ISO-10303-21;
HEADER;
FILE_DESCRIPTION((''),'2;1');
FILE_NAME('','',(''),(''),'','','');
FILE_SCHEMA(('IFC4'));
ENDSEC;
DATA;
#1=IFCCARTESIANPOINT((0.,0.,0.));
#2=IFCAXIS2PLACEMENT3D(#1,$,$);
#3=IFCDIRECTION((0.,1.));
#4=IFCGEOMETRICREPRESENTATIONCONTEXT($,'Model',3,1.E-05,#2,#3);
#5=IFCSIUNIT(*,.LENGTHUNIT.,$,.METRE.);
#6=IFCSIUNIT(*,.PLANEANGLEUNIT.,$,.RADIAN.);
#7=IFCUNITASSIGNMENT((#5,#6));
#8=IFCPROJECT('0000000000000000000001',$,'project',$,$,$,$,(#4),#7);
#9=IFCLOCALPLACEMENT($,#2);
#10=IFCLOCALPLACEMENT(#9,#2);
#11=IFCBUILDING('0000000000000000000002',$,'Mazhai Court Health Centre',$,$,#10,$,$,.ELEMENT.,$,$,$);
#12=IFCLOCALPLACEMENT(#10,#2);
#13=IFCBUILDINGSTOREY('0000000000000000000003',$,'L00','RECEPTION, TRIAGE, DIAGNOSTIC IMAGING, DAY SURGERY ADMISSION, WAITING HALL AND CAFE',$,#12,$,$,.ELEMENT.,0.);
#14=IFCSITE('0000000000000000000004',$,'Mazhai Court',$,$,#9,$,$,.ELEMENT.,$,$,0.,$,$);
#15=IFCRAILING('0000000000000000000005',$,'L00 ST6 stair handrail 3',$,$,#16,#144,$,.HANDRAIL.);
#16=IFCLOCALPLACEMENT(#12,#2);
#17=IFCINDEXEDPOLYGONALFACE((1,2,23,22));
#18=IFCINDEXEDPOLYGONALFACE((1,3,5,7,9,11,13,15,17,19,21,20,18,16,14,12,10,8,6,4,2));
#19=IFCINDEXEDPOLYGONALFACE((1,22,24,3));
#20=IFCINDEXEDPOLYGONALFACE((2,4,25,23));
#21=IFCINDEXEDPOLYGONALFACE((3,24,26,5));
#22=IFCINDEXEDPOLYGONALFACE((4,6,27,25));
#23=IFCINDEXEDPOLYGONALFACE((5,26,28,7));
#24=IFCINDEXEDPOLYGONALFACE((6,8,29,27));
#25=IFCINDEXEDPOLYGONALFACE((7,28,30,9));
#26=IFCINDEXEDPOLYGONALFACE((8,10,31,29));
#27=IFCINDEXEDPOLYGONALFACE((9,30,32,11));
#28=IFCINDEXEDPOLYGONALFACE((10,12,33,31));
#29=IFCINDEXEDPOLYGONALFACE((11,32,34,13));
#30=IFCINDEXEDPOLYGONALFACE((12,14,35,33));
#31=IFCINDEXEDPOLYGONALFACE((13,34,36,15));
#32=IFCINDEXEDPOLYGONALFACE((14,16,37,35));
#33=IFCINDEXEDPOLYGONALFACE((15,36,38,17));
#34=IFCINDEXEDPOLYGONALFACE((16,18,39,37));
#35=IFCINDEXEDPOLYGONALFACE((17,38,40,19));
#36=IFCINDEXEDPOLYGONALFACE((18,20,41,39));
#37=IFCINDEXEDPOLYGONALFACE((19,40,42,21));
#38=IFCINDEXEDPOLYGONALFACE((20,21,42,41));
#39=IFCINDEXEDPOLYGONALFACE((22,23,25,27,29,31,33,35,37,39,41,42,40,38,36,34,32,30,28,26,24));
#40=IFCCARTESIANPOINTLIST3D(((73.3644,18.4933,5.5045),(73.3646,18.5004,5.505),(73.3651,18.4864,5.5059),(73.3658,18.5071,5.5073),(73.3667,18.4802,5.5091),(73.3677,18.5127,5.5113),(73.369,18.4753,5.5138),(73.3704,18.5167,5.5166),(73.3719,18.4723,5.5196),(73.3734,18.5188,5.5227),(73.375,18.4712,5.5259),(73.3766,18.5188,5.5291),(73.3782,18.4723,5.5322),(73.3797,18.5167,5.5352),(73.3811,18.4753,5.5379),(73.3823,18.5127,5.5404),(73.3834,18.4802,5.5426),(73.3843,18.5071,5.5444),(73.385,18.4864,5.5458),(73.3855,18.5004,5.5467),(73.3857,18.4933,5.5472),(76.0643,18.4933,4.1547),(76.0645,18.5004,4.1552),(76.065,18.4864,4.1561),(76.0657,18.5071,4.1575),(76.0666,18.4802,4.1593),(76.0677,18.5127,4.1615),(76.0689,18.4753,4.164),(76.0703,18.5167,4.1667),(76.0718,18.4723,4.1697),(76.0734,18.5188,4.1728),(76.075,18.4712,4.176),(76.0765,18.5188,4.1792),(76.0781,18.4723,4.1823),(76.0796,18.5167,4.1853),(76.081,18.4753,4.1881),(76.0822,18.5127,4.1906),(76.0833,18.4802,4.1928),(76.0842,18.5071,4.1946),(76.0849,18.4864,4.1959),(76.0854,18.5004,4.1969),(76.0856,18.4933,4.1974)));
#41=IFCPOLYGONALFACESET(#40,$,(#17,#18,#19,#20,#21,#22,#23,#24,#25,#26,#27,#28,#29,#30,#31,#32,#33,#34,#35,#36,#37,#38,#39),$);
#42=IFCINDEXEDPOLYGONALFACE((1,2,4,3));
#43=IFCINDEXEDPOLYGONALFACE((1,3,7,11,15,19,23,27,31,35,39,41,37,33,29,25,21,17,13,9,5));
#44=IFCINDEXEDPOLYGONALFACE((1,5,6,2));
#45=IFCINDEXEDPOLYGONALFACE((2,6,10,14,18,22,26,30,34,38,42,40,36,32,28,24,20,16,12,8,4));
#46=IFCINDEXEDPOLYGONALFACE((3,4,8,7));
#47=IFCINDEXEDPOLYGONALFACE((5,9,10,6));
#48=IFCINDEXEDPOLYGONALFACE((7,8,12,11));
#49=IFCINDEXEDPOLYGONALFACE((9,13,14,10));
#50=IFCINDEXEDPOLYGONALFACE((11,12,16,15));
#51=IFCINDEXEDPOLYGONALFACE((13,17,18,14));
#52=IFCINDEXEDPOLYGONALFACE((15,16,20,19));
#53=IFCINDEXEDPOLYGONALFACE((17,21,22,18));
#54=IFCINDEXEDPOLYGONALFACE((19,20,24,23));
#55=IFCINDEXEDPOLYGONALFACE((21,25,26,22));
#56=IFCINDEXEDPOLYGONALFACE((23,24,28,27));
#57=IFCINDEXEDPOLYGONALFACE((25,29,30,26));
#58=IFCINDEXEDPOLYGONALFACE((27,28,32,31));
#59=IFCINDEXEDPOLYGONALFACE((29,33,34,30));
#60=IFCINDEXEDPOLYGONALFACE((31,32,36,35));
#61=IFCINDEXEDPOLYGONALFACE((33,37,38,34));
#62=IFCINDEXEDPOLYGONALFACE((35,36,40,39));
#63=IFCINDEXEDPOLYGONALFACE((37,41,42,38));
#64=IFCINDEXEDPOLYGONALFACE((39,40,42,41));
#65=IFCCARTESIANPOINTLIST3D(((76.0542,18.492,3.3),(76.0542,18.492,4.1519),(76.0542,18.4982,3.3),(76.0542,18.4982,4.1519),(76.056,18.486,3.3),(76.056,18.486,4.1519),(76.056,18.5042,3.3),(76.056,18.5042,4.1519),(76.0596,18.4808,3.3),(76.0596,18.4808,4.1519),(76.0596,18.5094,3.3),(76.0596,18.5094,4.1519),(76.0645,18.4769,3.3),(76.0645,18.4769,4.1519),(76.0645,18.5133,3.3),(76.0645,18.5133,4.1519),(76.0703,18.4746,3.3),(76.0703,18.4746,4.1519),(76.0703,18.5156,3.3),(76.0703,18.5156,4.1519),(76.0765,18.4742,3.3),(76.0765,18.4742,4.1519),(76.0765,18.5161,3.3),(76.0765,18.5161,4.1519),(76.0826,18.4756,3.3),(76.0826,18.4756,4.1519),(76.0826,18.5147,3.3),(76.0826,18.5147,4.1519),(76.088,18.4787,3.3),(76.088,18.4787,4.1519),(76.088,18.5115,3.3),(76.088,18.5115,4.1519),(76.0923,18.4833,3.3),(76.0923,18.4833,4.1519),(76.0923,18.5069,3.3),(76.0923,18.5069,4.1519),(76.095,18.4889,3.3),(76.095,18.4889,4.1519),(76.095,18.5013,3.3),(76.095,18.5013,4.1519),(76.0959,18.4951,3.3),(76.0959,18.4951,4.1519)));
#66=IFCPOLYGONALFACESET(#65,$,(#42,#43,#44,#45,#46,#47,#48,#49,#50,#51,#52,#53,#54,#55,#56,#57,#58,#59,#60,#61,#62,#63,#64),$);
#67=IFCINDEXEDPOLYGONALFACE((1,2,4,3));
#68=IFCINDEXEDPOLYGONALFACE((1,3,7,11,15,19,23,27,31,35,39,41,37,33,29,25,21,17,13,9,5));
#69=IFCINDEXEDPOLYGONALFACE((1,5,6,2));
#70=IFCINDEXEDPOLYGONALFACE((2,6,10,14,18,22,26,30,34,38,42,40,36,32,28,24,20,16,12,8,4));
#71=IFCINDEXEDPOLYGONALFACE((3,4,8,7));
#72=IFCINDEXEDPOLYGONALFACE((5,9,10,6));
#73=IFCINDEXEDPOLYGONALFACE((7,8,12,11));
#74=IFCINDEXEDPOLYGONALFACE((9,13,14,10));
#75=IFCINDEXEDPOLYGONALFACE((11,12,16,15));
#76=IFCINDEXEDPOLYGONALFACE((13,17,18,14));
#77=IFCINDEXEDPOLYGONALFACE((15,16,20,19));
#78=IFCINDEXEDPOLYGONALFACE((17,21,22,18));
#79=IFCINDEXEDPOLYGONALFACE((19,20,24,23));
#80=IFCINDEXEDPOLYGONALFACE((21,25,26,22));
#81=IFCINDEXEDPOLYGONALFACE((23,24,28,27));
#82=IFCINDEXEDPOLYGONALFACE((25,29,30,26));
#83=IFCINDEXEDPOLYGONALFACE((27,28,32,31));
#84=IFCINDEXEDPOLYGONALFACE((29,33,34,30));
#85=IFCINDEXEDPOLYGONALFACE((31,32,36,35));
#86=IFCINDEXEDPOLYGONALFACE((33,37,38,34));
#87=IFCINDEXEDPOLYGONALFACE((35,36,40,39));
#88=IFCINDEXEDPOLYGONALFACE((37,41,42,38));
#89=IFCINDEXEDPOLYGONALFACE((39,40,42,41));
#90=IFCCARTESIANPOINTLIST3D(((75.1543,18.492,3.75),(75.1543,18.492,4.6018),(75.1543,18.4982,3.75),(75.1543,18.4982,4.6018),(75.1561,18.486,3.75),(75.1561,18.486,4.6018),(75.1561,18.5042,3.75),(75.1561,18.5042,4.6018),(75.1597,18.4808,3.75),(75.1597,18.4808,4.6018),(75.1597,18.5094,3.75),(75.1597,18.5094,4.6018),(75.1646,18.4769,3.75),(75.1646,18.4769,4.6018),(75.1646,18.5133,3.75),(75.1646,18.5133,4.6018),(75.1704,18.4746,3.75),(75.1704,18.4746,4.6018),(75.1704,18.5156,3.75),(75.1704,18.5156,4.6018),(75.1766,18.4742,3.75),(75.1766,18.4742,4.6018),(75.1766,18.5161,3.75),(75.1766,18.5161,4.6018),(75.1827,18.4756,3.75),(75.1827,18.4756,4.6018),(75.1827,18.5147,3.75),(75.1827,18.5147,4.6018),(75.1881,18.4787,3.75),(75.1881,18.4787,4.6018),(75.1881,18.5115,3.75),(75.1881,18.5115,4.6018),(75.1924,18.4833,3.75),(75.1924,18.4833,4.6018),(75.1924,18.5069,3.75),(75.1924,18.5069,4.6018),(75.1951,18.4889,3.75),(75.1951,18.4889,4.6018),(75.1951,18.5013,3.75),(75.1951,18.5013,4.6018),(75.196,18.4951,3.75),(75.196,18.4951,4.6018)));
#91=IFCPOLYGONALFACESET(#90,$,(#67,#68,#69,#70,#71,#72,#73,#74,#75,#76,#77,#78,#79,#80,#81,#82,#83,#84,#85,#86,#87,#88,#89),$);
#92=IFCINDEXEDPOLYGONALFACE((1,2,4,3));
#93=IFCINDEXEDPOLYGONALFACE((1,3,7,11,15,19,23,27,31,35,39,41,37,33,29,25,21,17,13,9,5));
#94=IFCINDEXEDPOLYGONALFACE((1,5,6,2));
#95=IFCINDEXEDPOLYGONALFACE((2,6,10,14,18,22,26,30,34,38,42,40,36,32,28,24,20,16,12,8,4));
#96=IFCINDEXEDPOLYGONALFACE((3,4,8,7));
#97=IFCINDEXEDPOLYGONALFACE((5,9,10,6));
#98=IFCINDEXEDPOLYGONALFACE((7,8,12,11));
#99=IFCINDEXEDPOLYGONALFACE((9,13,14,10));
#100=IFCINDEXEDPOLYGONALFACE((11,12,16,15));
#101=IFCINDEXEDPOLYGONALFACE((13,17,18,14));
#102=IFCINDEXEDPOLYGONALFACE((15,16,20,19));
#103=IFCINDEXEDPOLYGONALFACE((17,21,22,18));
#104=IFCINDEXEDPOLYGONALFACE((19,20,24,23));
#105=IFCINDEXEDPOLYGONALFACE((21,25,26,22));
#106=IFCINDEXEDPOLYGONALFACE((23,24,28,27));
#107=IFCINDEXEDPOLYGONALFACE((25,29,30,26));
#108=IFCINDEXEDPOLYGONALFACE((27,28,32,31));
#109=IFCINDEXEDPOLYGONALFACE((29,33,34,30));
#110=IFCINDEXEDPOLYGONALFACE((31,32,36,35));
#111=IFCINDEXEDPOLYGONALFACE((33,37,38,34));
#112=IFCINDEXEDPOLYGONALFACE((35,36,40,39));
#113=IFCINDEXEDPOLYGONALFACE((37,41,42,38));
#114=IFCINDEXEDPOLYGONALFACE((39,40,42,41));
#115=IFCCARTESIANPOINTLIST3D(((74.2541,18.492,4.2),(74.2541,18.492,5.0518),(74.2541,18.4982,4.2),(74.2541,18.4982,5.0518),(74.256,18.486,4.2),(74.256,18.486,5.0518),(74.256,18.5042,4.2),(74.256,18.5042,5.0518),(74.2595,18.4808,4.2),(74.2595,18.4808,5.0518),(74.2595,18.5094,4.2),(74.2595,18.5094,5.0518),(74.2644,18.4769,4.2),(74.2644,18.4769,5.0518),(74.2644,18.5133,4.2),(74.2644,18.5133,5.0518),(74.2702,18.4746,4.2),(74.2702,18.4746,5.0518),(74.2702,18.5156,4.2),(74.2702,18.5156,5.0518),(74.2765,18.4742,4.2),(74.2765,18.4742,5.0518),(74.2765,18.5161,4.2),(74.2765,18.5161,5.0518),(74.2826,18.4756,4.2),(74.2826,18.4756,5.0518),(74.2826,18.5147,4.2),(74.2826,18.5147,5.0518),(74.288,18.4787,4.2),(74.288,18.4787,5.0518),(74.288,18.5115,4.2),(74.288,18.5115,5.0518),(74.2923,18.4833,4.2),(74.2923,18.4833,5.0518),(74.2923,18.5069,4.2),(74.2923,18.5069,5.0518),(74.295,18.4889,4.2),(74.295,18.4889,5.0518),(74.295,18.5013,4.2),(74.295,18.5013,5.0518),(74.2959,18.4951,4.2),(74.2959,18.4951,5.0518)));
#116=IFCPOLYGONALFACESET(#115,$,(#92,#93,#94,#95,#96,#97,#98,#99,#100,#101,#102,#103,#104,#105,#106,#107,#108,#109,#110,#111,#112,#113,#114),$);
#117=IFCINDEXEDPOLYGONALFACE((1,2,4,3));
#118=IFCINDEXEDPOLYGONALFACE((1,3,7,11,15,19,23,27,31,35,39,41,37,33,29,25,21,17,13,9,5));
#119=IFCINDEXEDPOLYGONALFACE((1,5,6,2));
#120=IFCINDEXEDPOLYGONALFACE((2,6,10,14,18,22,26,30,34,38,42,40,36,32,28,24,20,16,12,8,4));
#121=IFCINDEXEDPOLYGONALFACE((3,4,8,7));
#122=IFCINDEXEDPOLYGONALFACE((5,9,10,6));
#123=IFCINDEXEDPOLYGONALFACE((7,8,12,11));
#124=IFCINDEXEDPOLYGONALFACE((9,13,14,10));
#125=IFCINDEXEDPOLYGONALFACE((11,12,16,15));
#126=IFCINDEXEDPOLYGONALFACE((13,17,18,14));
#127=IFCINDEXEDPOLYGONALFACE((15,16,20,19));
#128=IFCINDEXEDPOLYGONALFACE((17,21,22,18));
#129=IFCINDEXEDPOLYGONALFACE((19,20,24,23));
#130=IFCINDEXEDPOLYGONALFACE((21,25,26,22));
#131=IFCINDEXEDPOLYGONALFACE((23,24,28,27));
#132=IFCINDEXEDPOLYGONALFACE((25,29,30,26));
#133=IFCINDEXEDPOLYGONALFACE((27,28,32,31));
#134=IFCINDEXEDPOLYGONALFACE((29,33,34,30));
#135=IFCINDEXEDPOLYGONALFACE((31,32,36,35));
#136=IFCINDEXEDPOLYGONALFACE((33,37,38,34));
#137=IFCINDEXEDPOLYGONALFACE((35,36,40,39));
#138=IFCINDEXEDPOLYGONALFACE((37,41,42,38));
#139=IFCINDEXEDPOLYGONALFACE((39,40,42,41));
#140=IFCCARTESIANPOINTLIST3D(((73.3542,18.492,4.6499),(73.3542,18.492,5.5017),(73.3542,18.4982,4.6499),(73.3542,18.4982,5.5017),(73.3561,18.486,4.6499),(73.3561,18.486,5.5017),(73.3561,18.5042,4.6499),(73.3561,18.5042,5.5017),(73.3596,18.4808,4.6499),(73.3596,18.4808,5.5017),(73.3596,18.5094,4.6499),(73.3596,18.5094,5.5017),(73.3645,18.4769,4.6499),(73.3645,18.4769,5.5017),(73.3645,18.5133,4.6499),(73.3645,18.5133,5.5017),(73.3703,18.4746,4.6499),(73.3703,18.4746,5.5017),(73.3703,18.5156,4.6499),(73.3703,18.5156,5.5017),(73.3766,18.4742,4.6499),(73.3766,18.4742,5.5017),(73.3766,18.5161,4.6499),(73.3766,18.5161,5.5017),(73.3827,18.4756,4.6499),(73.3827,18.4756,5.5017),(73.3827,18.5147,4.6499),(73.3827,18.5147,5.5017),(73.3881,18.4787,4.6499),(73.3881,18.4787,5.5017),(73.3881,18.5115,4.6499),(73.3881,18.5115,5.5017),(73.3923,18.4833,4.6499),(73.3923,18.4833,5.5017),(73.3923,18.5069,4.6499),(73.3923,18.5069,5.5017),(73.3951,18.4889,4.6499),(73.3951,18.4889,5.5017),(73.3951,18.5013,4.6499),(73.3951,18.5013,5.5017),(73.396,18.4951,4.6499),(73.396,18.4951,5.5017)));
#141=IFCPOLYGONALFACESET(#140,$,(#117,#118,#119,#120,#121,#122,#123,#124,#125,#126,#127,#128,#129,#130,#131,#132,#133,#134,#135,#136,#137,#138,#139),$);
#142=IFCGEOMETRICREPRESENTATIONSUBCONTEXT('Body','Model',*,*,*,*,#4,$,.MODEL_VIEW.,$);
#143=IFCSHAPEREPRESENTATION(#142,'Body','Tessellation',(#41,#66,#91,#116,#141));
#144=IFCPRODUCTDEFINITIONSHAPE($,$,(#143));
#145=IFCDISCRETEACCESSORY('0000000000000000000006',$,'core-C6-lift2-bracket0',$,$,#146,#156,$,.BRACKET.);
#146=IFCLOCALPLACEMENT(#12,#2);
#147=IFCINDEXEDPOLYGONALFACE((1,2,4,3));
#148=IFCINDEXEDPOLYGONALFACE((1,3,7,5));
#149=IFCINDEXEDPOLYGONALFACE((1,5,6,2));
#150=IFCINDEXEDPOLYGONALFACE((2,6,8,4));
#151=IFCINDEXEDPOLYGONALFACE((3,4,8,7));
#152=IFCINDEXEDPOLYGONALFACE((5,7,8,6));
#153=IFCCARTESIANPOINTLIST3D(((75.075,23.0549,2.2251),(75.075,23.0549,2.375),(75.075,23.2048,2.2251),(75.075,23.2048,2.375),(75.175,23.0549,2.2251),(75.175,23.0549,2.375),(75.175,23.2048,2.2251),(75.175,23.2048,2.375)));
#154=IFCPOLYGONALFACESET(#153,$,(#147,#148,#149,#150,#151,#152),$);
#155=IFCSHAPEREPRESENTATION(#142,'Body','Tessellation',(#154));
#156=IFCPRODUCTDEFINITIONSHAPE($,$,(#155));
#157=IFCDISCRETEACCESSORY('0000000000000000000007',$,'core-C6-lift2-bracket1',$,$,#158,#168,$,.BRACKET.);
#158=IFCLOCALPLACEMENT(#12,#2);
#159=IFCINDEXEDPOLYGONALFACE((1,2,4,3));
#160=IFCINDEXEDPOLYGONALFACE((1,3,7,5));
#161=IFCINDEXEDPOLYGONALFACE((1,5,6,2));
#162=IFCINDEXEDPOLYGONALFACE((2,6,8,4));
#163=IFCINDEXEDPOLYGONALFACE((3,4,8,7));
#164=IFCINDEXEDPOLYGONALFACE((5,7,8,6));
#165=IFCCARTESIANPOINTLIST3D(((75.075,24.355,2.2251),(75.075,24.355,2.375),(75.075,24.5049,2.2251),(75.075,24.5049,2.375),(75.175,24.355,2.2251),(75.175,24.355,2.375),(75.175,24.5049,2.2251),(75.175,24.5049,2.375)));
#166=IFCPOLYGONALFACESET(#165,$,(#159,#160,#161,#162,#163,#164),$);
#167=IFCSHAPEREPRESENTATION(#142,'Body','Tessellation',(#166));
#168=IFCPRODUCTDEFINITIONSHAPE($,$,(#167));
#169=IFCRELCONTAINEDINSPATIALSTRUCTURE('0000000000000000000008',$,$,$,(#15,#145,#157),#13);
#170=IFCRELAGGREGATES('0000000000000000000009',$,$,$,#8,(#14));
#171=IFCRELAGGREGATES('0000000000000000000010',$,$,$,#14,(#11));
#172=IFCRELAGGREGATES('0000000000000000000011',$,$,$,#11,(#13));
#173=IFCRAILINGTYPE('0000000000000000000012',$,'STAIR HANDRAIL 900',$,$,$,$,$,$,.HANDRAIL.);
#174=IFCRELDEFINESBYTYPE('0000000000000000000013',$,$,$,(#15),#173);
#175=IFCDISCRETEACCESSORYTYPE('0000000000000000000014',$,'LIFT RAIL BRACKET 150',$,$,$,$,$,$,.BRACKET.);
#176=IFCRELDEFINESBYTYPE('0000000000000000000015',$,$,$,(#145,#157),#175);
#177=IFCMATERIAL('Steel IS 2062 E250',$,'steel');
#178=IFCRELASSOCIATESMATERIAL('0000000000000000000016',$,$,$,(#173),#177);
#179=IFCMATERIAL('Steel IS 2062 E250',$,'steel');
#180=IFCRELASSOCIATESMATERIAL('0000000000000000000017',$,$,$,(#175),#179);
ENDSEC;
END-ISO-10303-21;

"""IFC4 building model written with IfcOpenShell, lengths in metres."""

from ifc_helpers import new_model, si_unit, direction, frame, origin, origin_2d, place, context, subcontext, project, spatial, rectangle, circle, extrude, material, type_object, element, save


model = new_model("IFC4")

# Units and contexts
model_context = context("Model", 3, precision=1e-05, world=origin(), true_north=direction((0.0, 1.0)))
body_context = subcontext(model_context, "Body", "Model", "MODEL_VIEW")
ifc_project = project(units=[si_unit("LENGTHUNIT", "METRE"), si_unit("PLANEANGLEUNIT", "RADIAN")], contexts=[model_context])

# Site, building, storey
site_placement = place(None, origin())
site = spatial("IfcSite", under=ifc_project, at=site_placement, Name="Mazhai Court", CompositionType="ELEMENT", RefElevation=0.0)
building_placement = place(site_placement, origin())
building = spatial("IfcBuilding", under=site, at=building_placement, Name="Mazhai Court Health Centre", CompositionType="ELEMENT")
storey_placement = place(building_placement, origin())
storey = spatial("IfcBuildingStorey", under=building, at=storey_placement, Name="L00", Description="RECEPTION, TRIAGE, DIAGNOSTIC IMAGING, DAY SURGERY ADMISSION, WAITING HALL AND CAFE", CompositionType="ELEMENT", Elevation=0.0)

# Railing
ifc_material_1 = material(Name="Steel IS 2062 E250", Category="steel")
railing_type_1 = type_object("IfcRailingType", Name="STAIR HANDRAIL 900", PredefinedType="HANDRAIL", material=ifc_material_1)
railing_1_placement = place(storey_placement, frame((76.075, 18.4951, 3.3)))
element("IfcRailing", 1, at=railing_1_placement, inside=storey, type_object=railing_type_1, Name="L00 ST6 stair handrail 3", PredefinedType="HANDRAIL", context=body_context, shape_type="SweptSolid", body=[
    extrude(circle(Radius=0.0239, at=origin_2d()), frame((0.0, 0.0, 0.876), z_axis=(-0.894443, 0.0, 0.447181), x_axis=(0.0, -1.0, 0.0)), (0.0, 0.0, 1.0), 3.0186),
    extrude(circle(Radius=0.021, at=origin_2d()), origin(), (0.0, 0.0, 1.0), 0.8518),
    extrude(circle(Radius=0.021, at=origin_2d()), frame((-0.8999, 0.0, 0.45)), (0.0, 0.0, 1.0), 0.8518),
    extrude(circle(Radius=0.021, at=origin_2d()), frame((-1.8, 0.0, 0.8999)), (0.0, 0.0, 1.0), 0.8518),
    extrude(circle(Radius=0.021, at=origin_2d()), frame((-2.7, 0.0, 1.3499)), (0.0, 0.0, 1.0), 0.8518),
])

# Discrete accessories
ifc_material_2 = material(Name="Steel IS 2062 E250", Category="steel")
discrete_accessory_type = type_object("IfcDiscreteAccessoryType", Name="LIFT RAIL BRACKET 150", PredefinedType="BRACKET", material=ifc_material_2)
for number, where, z_axis, x_axis, name in (
    (2, (75.125, 23.1299, 2.2251), (0.0, 0.0, 1.0), (1.0, 0.0, 0.0), "core-C6-lift2-bracket0"),
    (3, (75.125, 24.4299, 2.2251), (0.0, 0.0, 1.0), (1.0, 0.0, 0.0), "core-C6-lift2-bracket1"),
):
    element("IfcDiscreteAccessory", number, at=place(storey_placement, frame(where, z_axis=z_axis, x_axis=x_axis)), inside=storey, type_object=discrete_accessory_type, Name=name, PredefinedType="BRACKET", context=body_context, shape_type="SweptSolid", body=[
        extrude(rectangle(XDim=0.1001, YDim=0.1499, at=origin_2d()), origin(), (0.0, 0.0, 1.0), 0.1499),
    ])

save(model, "model.ifc")
